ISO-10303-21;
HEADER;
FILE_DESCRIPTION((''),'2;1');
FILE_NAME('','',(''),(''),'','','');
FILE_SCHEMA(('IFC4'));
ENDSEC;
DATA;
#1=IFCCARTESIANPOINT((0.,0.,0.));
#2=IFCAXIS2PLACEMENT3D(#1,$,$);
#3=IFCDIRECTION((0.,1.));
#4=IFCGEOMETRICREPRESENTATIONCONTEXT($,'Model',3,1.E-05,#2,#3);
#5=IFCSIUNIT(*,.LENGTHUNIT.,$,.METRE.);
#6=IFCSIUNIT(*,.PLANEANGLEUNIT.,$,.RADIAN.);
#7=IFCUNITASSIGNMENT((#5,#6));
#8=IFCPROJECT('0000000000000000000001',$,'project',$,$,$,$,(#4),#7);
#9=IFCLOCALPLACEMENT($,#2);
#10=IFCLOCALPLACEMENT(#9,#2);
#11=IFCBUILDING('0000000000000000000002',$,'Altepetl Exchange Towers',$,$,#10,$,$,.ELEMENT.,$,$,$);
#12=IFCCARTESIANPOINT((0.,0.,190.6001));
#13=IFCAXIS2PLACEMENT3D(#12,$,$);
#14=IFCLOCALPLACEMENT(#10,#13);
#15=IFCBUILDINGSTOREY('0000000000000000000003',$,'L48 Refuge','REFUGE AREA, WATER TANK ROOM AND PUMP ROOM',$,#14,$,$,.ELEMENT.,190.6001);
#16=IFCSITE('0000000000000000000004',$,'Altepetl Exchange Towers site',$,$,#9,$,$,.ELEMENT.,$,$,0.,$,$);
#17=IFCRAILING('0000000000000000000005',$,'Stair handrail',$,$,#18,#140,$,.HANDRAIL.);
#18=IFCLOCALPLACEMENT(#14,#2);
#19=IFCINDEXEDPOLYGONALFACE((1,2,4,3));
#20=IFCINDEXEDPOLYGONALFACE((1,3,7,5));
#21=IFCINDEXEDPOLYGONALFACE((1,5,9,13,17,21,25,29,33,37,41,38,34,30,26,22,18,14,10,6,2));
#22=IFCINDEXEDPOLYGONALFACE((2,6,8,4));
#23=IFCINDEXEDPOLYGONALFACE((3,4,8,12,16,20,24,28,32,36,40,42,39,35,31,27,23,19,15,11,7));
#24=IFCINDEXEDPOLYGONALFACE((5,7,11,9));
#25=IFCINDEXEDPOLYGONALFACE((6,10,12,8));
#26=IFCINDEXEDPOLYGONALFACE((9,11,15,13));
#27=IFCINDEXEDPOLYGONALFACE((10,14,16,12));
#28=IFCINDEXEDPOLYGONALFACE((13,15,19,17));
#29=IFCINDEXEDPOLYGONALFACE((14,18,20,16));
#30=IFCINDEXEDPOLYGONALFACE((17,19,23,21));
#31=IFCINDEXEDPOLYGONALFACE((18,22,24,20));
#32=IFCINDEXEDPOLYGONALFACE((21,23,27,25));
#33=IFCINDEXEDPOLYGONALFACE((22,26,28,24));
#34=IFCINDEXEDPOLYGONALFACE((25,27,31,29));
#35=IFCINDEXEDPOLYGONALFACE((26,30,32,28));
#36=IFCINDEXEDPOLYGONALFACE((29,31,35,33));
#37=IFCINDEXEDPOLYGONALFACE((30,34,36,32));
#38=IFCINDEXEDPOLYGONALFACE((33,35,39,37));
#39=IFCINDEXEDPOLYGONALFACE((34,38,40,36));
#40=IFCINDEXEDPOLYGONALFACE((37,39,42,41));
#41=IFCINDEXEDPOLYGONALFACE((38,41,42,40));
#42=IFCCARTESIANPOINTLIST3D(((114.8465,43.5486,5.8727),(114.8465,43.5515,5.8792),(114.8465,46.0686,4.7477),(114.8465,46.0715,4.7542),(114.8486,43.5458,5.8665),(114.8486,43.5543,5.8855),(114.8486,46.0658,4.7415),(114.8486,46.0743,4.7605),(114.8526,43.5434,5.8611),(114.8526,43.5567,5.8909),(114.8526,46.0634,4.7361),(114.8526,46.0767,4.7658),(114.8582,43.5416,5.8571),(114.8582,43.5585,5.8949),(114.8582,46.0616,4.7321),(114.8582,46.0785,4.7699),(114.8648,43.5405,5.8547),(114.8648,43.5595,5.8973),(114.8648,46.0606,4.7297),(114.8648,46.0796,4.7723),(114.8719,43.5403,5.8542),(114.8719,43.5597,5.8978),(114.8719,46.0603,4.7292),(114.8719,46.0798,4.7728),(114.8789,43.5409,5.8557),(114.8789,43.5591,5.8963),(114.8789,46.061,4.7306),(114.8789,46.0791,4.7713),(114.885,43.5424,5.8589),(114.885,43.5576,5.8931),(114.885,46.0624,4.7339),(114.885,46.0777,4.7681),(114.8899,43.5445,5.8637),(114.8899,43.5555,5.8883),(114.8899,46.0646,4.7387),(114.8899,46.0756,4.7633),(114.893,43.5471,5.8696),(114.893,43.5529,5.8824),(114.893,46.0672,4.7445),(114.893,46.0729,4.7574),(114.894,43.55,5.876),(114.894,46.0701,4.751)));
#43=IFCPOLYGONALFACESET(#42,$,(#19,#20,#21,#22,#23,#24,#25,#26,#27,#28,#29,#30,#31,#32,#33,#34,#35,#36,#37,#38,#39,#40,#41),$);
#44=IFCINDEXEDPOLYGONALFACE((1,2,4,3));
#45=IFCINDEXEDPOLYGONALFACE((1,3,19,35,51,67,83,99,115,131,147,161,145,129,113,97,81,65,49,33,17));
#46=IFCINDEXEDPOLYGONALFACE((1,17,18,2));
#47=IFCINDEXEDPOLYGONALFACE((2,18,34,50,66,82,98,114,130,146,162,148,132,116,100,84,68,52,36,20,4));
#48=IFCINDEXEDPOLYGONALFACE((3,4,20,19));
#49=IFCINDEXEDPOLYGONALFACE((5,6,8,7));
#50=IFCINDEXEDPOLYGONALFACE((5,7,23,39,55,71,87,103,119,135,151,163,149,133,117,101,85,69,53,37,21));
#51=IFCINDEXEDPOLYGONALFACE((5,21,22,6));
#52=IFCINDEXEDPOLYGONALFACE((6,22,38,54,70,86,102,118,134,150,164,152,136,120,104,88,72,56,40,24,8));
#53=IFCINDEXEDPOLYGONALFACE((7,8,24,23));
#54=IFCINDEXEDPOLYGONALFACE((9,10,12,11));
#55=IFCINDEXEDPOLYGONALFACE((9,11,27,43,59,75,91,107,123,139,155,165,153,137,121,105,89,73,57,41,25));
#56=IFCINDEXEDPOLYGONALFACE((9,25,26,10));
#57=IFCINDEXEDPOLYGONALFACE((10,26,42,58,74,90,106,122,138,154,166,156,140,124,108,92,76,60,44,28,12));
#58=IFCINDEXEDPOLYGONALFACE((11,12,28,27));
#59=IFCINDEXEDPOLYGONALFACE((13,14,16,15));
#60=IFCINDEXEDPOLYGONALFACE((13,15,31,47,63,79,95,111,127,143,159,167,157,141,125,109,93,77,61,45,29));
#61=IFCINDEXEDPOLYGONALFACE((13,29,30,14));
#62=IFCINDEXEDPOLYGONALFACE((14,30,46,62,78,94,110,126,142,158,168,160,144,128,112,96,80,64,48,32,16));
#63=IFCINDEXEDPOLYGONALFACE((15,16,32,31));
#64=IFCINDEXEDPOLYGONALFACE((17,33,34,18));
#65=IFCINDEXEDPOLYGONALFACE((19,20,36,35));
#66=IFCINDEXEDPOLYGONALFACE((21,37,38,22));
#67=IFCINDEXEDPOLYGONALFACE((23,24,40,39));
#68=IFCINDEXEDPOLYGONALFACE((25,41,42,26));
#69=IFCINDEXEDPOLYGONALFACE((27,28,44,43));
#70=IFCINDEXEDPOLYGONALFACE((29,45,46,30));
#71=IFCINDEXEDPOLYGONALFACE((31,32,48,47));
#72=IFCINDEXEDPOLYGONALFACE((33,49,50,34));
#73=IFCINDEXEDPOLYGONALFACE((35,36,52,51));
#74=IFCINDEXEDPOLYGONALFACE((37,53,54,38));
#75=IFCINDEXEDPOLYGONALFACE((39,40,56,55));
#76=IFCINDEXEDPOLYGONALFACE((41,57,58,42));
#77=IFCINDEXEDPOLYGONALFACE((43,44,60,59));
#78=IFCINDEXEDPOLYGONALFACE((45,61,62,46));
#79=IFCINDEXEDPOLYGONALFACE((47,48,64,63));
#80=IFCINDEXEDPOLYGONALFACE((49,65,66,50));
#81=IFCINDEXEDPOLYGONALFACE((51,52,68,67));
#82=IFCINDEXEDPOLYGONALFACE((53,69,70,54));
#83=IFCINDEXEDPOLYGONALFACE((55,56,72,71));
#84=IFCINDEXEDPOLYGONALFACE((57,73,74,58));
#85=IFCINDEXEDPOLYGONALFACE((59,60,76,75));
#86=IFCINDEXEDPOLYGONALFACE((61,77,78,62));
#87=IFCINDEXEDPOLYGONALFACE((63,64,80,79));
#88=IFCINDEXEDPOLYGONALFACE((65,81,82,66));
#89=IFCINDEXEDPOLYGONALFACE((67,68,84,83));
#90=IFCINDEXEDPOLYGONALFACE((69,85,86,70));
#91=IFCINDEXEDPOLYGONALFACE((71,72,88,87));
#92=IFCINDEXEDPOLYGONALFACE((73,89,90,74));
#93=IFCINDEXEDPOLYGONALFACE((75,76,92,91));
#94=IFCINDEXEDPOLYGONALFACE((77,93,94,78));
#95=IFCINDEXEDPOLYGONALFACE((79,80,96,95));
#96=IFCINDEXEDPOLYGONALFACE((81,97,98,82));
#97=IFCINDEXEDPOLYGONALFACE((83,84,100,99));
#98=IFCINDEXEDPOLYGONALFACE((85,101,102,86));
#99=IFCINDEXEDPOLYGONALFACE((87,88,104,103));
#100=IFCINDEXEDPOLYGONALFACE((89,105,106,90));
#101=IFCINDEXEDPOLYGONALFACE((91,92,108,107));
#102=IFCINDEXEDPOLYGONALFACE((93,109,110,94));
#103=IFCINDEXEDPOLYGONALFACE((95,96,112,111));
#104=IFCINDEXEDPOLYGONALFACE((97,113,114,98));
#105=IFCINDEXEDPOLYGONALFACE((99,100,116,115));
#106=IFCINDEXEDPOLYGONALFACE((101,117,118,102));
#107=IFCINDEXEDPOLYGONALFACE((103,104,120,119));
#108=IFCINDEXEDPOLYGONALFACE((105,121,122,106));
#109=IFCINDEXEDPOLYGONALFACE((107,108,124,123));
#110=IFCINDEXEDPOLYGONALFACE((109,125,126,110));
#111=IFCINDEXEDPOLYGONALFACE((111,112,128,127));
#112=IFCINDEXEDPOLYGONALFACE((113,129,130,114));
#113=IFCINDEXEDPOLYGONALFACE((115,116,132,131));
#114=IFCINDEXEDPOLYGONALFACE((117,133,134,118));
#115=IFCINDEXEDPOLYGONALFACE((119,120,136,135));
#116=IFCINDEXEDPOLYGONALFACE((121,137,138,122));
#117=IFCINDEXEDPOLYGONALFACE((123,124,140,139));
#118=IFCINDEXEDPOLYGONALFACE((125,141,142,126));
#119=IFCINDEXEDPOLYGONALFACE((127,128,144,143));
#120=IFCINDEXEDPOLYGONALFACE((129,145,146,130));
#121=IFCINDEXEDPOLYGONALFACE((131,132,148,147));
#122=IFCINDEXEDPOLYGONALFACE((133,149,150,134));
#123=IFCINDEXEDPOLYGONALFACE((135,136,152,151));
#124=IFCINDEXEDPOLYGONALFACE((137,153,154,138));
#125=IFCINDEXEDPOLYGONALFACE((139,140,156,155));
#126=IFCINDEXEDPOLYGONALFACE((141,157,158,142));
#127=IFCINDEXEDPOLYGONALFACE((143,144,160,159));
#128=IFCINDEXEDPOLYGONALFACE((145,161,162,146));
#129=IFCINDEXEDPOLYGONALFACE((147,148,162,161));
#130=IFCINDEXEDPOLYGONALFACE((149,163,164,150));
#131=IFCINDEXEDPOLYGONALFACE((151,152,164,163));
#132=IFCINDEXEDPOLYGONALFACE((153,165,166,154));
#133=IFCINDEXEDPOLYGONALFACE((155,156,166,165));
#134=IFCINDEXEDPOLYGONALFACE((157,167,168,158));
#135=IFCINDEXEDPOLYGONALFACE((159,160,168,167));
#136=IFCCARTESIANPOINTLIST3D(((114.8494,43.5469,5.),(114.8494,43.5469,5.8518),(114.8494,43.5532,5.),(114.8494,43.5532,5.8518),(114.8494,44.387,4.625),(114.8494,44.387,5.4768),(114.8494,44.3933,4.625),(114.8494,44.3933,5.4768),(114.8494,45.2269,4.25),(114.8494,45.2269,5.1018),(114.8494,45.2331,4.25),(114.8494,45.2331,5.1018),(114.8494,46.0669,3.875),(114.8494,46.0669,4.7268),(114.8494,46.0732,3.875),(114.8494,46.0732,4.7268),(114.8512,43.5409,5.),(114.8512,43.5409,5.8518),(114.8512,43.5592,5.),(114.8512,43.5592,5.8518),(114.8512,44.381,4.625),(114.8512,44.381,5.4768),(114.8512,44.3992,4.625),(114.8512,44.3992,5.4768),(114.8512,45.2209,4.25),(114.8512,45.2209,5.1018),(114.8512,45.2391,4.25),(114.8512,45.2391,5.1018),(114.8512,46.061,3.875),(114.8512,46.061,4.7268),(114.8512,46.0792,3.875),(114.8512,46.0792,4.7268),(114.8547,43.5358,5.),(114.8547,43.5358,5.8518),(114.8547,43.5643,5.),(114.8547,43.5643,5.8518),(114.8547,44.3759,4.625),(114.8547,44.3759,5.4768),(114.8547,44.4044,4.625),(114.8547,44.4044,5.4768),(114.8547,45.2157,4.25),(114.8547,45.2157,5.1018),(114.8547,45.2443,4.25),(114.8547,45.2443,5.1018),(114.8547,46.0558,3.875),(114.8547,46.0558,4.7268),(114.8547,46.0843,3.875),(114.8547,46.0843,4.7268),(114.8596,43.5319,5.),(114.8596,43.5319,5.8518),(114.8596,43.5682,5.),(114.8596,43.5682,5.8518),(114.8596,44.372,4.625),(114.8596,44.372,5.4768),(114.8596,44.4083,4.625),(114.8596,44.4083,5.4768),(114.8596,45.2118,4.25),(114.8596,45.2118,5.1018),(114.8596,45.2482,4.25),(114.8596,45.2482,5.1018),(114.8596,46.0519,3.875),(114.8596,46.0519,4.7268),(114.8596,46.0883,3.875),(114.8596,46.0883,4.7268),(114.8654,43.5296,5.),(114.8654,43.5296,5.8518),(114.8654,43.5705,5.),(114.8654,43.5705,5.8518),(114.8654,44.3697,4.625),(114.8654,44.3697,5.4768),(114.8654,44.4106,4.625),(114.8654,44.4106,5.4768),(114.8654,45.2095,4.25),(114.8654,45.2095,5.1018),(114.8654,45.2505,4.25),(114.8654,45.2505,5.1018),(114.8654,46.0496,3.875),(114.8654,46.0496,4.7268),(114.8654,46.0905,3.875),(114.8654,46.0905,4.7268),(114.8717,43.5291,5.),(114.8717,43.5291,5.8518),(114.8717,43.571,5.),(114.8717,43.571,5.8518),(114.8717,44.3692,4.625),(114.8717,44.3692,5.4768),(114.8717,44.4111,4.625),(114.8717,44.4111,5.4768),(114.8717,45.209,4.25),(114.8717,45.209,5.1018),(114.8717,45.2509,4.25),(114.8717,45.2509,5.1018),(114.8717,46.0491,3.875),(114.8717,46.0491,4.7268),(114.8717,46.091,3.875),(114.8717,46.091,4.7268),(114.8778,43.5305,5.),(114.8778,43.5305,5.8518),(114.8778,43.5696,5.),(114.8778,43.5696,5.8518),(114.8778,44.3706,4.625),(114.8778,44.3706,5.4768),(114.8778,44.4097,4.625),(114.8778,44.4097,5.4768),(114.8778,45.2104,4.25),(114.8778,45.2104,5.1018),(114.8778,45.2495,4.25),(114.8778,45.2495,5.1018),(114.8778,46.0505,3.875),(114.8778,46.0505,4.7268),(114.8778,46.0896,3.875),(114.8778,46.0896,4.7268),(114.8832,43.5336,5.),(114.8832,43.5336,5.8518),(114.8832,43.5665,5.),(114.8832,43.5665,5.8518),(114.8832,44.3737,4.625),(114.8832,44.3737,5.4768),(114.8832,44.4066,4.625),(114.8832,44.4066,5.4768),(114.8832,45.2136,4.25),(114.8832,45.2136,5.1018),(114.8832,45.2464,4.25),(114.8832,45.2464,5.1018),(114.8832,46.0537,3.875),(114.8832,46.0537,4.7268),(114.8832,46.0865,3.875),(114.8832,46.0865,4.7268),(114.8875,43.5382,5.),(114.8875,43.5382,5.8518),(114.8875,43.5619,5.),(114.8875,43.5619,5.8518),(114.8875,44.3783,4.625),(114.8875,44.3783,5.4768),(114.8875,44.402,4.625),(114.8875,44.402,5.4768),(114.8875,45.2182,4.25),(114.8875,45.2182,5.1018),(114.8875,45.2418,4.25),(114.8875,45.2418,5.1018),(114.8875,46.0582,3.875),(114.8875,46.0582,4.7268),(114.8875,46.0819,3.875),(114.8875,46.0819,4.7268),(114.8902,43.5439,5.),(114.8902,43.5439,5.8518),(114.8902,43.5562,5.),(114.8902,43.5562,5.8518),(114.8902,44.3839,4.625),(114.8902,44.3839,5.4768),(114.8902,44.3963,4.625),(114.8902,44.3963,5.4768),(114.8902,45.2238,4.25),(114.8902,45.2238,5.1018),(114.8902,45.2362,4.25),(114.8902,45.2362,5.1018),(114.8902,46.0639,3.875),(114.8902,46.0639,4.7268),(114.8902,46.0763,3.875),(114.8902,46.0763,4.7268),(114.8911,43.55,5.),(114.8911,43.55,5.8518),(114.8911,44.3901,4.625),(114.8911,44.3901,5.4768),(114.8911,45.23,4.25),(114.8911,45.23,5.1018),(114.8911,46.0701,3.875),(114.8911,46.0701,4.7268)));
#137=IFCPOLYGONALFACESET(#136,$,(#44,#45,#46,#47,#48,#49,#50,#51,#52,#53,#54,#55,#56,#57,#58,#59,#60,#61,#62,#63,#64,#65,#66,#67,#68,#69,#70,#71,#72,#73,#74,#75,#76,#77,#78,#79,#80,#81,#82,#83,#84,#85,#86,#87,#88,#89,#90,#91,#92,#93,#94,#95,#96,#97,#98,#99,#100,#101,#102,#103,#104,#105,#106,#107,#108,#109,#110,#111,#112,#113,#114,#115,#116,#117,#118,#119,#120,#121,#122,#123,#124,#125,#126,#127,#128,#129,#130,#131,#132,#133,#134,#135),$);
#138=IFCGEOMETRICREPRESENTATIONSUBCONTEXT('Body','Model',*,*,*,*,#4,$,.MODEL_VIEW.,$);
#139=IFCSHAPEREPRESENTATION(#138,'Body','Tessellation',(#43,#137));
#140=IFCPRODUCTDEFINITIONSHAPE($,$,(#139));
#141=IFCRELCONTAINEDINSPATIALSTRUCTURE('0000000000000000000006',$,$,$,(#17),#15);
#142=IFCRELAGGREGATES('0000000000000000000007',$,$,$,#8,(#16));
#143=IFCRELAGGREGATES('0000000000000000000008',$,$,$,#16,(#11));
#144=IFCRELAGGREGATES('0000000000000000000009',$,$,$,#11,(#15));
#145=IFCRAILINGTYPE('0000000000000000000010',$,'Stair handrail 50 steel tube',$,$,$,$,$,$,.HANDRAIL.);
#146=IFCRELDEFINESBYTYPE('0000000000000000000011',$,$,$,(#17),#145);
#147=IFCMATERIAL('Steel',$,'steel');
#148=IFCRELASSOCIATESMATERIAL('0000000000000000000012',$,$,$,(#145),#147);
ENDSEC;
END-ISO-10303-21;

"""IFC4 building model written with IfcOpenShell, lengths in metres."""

from ifc_helpers import new_model, si_unit, direction, frame, origin, origin_2d, place, context, subcontext, project, spatial, circle, extrude, source, transform, mapped, material, type_object, element, save


model = new_model("IFC4")

# Units and contexts
model_context = context("Model", 3, precision=1e-05, world=origin(), true_north=direction((0.0, 1.0)))
body_context = subcontext(model_context, "Body", "Model", "MODEL_VIEW")
ifc_project = project(units=[si_unit("LENGTHUNIT", "METRE"), si_unit("PLANEANGLEUNIT", "RADIAN")], contexts=[model_context])

# Site, building, storey
site_placement = place(None, origin())
site = spatial("IfcSite", under=ifc_project, at=site_placement, Name="Altepetl Exchange Towers site", CompositionType="ELEMENT", RefElevation=0.0)
building_placement = place(site_placement, origin())
building = spatial("IfcBuilding", under=site, at=building_placement, Name="Altepetl Exchange Towers", CompositionType="ELEMENT")
storey_placement = place(building_placement, frame((0.0, 0.0, 190.6001)))
storey = spatial("IfcBuildingStorey", under=building, at=storey_placement, Name="L48 Refuge", Description="REFUGE AREA, WATER TANK ROOM AND PUMP ROOM", CompositionType="ELEMENT", Elevation=190.6001)

# Railing
ifc_material_1 = material(Name="Steel", Category="steel")
railing_type = type_object("IfcRailingType", Name="Stair handrail 50 steel tube", PredefinedType="HANDRAIL", material=ifc_material_1)
shared_shape = source(origin(), body_context, "Body", "SweptSolid", [
    extrude(circle(Radius=0.021, at=origin_2d()), origin(), (0.0, 0.0, 1.0), 0.8518),
])
railing_1_placement = place(storey_placement, frame((114.8701, 46.0701, 3.875)))
element("IfcRailing", 1, at=railing_1_placement, inside=storey, type_object=railing_type, Name="Stair handrail", PredefinedType="HANDRAIL", context=body_context, shape_type="SweptSolid", body=[
    extrude(circle(Radius=0.0239, at=origin_2d()), frame((0.0, 0.0, 0.876), z_axis=(0.0, -0.913139, 0.407648), x_axis=(1.0, 0.0, 0.0)), (0.0, 0.0, 1.0), 2.7598),
    mapped(shared_shape, transform((0.0, 0.0, 0.0))),
    mapped(shared_shape, transform((0.0, -0.8401, 0.375))),
    mapped(shared_shape, transform((0.0, -1.6799, 0.75))),
    mapped(shared_shape, transform((0.0, -2.52, 1.125))),
])

save(model, "model.ifc")
